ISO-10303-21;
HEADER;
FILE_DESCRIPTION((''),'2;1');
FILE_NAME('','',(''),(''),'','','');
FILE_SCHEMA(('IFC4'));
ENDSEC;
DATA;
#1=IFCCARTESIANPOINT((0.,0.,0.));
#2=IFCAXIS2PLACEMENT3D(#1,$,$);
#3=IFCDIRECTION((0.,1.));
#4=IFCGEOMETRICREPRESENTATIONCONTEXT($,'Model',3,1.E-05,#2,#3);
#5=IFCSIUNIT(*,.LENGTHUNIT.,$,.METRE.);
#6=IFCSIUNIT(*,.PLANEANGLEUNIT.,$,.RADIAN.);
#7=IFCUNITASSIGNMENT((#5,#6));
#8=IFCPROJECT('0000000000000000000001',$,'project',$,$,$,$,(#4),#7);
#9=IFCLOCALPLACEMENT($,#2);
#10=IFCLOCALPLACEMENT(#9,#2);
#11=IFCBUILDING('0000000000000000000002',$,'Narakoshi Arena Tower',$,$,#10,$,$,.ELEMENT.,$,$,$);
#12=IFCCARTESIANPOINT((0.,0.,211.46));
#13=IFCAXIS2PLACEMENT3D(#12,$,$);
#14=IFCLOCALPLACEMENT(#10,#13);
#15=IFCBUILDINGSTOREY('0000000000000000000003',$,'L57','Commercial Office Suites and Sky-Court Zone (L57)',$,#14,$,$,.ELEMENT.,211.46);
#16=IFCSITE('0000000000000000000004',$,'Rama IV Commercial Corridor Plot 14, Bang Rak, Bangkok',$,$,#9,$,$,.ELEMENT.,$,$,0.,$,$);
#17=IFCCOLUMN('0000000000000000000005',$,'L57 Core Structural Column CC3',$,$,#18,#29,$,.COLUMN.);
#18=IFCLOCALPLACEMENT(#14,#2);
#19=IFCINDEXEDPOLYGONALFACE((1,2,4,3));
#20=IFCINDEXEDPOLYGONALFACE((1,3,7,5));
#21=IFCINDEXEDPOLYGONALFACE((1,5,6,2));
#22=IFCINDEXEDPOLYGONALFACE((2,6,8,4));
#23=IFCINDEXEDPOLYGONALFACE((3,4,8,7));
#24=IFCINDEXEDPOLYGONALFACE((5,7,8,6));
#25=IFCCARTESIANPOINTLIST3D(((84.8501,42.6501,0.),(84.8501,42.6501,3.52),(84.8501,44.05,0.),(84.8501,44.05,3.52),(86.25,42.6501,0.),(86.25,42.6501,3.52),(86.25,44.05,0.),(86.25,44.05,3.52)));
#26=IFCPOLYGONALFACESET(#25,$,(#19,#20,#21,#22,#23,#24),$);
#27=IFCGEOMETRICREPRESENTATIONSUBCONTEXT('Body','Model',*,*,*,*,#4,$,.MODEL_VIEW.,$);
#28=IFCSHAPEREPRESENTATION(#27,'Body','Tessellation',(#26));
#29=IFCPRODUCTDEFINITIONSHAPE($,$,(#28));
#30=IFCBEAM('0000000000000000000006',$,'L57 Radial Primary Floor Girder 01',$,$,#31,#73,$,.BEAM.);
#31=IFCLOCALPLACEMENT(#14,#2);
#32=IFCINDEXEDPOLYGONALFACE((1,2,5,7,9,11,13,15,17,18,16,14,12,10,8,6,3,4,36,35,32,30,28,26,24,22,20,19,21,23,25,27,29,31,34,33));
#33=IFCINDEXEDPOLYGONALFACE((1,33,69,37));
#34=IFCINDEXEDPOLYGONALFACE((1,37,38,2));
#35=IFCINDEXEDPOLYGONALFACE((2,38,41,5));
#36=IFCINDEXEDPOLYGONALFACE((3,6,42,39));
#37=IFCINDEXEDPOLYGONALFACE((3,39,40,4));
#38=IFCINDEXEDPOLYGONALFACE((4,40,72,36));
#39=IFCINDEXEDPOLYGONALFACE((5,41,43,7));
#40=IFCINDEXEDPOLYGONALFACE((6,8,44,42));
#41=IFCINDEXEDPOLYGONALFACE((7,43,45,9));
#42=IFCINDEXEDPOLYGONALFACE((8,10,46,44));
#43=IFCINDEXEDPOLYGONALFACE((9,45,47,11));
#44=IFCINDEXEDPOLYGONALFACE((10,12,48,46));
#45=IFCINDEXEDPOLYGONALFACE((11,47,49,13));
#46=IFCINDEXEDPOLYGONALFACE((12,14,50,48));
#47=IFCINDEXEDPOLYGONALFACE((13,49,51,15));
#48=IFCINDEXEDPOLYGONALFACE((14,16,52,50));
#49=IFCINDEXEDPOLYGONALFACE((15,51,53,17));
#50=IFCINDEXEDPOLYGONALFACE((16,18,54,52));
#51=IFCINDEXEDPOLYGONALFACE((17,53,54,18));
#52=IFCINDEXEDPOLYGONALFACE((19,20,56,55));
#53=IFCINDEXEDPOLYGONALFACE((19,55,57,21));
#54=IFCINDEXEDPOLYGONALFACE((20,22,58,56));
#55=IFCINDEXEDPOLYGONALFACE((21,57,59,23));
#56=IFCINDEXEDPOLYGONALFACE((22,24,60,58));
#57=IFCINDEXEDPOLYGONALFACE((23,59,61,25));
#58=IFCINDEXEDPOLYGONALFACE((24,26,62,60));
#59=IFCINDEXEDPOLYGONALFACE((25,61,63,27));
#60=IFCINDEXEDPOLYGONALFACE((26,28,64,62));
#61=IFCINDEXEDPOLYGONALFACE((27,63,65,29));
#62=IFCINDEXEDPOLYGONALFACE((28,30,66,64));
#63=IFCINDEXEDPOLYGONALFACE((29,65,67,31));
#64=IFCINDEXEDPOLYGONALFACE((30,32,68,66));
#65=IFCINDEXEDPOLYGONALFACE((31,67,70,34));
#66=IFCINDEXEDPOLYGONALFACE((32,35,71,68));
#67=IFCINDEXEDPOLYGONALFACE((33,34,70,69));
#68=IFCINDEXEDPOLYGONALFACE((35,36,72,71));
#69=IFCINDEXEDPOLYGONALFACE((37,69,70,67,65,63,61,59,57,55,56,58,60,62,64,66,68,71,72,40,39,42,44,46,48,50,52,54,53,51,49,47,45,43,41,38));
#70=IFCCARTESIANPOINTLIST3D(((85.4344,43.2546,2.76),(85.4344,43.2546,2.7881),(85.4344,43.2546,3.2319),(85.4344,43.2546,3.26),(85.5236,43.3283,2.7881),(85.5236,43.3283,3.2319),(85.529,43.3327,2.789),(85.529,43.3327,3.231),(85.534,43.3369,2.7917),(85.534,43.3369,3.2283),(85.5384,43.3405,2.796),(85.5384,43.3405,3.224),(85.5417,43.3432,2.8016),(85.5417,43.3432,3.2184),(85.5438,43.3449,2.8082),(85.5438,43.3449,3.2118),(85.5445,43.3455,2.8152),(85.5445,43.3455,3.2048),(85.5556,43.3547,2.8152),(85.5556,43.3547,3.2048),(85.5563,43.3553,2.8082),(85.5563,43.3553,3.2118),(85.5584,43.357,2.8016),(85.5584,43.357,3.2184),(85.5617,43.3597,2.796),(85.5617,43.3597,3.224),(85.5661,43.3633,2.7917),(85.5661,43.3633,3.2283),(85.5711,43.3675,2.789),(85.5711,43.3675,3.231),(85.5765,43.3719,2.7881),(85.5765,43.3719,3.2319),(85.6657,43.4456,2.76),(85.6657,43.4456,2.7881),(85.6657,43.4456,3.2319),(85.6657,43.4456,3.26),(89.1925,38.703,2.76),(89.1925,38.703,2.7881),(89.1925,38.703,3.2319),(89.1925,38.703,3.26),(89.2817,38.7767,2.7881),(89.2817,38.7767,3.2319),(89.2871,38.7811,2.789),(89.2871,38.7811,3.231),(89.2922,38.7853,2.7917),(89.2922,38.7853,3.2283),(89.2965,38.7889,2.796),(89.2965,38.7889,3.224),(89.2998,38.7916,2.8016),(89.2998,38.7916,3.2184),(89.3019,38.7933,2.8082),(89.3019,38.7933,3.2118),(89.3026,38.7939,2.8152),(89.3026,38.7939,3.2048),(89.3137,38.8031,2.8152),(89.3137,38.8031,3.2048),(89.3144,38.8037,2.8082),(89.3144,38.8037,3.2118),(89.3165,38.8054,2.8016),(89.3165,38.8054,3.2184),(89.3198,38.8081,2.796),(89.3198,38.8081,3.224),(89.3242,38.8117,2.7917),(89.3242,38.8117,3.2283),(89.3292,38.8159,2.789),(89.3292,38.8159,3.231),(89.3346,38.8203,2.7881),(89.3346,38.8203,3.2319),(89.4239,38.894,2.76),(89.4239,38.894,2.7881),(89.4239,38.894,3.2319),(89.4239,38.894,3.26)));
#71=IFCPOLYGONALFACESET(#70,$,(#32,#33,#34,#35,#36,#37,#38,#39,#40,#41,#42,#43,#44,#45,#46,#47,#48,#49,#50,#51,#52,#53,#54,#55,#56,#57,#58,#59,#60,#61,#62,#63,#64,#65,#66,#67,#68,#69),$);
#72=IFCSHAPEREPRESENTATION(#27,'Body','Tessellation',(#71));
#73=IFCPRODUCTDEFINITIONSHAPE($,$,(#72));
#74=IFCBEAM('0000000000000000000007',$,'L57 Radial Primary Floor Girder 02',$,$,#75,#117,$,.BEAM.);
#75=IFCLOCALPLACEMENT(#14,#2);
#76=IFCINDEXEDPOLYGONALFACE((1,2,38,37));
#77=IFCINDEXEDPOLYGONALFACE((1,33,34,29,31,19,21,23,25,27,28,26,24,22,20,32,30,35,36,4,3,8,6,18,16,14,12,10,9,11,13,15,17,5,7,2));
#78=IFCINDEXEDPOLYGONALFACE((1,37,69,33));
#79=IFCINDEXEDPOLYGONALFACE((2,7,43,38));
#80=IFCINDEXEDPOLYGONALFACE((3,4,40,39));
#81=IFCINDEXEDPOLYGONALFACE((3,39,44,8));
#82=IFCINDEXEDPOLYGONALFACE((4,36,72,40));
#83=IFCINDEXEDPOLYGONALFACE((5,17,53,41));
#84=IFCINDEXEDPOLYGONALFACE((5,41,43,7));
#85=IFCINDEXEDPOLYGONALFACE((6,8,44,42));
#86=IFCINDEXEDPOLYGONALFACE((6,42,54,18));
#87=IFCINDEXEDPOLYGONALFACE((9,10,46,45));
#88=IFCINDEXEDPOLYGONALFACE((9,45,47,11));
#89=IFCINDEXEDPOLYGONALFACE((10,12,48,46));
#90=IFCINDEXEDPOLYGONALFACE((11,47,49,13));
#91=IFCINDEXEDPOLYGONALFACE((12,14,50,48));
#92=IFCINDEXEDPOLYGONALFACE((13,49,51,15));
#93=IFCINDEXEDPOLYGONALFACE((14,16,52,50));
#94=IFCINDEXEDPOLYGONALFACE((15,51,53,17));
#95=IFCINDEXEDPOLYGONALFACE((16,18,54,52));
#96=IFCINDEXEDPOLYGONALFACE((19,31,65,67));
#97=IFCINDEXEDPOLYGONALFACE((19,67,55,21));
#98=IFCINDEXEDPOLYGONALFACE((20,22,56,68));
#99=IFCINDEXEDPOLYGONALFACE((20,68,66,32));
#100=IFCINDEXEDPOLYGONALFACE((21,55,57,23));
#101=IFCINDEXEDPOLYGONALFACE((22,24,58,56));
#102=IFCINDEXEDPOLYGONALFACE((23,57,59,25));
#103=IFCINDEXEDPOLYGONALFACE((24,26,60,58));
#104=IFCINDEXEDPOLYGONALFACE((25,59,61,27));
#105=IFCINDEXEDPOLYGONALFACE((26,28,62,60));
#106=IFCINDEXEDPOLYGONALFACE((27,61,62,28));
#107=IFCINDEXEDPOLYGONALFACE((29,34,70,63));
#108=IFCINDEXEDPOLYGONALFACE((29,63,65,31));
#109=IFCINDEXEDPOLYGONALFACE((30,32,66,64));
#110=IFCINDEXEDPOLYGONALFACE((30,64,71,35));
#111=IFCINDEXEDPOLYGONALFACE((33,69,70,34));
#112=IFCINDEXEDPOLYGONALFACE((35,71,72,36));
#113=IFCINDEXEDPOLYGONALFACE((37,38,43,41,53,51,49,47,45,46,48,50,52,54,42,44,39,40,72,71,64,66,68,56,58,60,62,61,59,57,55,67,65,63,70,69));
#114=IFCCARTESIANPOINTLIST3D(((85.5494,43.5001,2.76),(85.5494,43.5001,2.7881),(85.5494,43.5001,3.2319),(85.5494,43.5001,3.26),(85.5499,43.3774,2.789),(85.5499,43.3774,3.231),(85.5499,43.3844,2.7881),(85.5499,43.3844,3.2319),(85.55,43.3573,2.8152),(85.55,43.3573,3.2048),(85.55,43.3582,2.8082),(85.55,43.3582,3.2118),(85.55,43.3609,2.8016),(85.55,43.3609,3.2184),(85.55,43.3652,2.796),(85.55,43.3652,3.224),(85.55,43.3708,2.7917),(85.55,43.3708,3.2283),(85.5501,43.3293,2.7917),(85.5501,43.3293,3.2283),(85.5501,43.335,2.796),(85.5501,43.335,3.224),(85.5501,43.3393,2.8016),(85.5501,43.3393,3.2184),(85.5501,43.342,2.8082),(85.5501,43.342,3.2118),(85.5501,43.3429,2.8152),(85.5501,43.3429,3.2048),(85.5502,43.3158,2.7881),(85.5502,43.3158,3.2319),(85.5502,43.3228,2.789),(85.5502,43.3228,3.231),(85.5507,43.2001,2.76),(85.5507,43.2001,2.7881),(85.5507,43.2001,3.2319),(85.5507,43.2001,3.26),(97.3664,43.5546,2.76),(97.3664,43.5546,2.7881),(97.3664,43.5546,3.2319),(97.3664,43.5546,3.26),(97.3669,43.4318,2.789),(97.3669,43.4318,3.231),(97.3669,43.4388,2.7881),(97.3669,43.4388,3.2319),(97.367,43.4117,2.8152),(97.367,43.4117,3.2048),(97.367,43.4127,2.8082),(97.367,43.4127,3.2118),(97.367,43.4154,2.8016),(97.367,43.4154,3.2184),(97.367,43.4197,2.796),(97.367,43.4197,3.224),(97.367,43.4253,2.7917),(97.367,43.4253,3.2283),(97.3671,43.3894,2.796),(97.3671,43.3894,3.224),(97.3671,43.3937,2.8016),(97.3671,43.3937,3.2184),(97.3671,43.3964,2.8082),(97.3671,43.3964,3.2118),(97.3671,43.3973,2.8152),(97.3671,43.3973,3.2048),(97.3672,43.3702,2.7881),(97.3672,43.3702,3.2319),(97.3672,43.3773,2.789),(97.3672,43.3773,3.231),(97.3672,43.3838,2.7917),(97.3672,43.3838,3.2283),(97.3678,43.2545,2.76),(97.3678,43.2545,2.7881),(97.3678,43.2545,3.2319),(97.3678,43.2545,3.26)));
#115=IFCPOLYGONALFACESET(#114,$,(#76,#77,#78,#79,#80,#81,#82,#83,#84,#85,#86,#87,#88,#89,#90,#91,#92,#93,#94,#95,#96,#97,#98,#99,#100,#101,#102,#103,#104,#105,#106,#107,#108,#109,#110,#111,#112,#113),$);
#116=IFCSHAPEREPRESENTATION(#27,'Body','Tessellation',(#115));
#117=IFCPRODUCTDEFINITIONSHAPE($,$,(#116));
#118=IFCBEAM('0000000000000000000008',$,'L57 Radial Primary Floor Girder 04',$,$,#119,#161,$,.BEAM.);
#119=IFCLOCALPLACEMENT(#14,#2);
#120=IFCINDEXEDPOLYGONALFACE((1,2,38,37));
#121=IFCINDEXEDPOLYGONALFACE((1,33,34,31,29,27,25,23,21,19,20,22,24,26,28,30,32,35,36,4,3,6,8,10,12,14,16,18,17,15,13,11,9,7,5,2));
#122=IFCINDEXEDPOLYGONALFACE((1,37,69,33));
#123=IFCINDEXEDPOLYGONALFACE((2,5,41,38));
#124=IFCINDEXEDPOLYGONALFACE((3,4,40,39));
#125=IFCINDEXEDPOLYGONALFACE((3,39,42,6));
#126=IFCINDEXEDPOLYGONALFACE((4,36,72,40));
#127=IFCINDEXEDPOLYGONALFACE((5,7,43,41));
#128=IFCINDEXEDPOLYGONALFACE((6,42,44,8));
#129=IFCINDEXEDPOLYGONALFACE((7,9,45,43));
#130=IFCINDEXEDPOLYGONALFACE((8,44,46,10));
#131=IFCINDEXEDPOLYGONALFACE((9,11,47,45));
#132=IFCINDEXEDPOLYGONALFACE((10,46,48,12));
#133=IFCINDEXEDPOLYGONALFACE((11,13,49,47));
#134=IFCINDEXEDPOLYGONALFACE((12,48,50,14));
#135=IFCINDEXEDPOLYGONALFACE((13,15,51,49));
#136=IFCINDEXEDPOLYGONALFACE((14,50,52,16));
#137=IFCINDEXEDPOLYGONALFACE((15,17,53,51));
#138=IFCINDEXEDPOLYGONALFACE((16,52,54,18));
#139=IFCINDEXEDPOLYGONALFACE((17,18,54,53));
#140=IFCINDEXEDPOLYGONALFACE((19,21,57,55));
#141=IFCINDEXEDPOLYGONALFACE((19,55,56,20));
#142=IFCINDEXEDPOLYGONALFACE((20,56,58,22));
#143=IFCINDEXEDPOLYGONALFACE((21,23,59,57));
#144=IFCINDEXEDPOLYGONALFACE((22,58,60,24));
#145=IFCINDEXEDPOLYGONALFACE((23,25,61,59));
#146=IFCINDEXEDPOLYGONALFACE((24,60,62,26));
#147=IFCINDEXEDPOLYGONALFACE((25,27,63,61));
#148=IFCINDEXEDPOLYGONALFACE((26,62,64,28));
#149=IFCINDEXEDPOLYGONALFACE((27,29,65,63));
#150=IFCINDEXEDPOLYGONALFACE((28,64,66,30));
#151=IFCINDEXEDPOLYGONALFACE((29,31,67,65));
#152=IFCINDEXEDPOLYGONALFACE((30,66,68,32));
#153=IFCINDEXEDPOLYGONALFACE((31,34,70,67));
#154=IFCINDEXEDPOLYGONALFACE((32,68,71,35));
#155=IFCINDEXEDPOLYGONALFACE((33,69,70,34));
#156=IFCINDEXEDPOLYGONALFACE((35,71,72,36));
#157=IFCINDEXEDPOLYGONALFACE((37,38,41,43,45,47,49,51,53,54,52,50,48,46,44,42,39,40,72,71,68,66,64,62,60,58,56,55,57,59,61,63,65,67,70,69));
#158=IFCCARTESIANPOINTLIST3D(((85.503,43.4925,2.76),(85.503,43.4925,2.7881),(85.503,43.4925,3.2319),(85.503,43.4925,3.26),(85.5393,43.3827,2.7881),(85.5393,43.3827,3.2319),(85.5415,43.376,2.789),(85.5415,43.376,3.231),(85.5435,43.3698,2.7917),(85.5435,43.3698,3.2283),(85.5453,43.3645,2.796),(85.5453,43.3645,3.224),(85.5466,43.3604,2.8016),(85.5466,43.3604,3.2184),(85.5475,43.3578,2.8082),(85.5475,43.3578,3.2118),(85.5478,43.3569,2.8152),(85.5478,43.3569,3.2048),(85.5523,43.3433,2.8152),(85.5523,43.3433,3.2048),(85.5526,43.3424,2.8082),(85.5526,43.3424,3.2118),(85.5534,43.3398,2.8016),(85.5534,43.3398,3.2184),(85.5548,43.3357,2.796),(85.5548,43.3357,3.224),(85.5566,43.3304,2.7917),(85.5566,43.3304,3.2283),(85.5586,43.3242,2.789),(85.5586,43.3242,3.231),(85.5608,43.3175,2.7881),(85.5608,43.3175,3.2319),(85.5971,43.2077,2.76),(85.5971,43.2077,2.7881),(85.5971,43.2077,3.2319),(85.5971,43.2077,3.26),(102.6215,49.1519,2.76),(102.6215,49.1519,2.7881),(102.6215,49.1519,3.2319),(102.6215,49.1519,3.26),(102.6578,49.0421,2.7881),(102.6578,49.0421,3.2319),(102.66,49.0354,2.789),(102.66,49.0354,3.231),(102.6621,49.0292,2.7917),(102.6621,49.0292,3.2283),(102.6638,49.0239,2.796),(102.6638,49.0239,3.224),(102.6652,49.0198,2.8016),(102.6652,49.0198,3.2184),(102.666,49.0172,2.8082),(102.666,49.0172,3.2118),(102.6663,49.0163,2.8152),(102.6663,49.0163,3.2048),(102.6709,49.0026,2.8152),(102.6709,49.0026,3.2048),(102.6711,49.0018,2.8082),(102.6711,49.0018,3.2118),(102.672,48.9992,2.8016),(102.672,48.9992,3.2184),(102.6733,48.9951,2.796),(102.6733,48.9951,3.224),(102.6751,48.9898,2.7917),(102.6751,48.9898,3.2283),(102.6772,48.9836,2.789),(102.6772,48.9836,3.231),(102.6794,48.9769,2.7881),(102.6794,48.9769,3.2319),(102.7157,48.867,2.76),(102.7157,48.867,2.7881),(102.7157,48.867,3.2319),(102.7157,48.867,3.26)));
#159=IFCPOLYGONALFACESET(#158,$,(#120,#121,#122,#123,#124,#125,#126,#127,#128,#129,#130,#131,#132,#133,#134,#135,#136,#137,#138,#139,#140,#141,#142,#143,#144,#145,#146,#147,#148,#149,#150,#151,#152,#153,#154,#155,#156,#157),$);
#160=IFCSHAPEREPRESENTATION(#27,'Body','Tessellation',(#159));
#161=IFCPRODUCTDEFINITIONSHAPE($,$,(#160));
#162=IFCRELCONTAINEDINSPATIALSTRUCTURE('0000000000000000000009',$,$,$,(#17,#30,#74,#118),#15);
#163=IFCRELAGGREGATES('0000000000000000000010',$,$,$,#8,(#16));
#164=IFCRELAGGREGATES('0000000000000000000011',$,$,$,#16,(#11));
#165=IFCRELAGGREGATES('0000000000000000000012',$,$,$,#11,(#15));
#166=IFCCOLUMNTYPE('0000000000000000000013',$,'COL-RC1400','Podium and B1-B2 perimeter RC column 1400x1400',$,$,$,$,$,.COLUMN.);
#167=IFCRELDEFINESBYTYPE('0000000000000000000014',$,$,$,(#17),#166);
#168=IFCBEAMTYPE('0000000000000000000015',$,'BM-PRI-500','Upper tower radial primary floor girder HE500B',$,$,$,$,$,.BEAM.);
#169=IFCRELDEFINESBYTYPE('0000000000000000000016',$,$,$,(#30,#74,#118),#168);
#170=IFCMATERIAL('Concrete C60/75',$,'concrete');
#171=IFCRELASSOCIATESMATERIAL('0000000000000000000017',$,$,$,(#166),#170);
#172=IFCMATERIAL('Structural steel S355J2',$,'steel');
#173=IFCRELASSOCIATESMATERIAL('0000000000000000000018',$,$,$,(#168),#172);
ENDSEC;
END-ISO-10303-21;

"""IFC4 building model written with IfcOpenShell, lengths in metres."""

from ifc_helpers import new_model, si_unit, direction, frame, origin, origin_2d, place, context, subcontext, project, spatial, rectangle, i_section, extrude, material, material_profile, profile_set, type_object, element, save


model = new_model("IFC4")

# Units and contexts
model_context = context("Model", 3, precision=1e-05, world=origin(), true_north=direction((0.0, 1.0)))
body_context = subcontext(model_context, "Body", "Model", "MODEL_VIEW")
ifc_project = project(units=[si_unit("LENGTHUNIT", "METRE"), si_unit("PLANEANGLEUNIT", "RADIAN")], contexts=[model_context])

# Site, building, storey
site_placement = place(None, origin())
site = spatial("IfcSite", under=ifc_project, at=site_placement, Name="Rama IV Commercial Corridor Plot 14, Bang Rak, Bangkok", CompositionType="ELEMENT", RefElevation=0.0)
building_placement = place(site_placement, origin())
building = spatial("IfcBuilding", under=site, at=building_placement, Name="Narakoshi Arena Tower", CompositionType="ELEMENT")
storey_placement = place(building_placement, frame((0.0, 0.0, 211.46)))
storey = spatial("IfcBuildingStorey", under=building, at=storey_placement, Name="L57", Description="Commercial Office Suites and Sky-Court Zone (L57)", CompositionType="ELEMENT", Elevation=211.46)

# Column
ifc_material_1 = material(Name="Concrete C60/75", Category="concrete")
ifc_material_profile_1 = material_profile(ifc_material_1, rectangle(XDim=1.3999, YDim=1.3999, at=origin_2d()), Name="RC1400x1400")
ifc_profile_set_1 = profile_set([ifc_material_profile_1], Name="Concrete C60/75")
column_type = type_object("IfcColumnType", Name="COL-RC1400", Description="Podium and B1-B2 perimeter RC column 1400x1400", PredefinedType="COLUMN", material=ifc_profile_set_1)
column_placement = place(storey_placement, frame((85.55, 43.3501, 0.0), z_axis=(0.0, 0.0, 1.0), x_axis=(1.0, 0.0, 0.0)))
element("IfcColumn", 1, at=column_placement, inside=storey, type_object=column_type, Name="L57 Core Structural Column CC3", PredefinedType="COLUMN", context=body_context, shape_type="SweptSolid", body=[
    extrude(rectangle(XDim=1.3999, YDim=1.3999, at=origin_2d()), origin(), (0.0, 0.0, 1.0), 3.52),
])

# Beams
ifc_material_2 = material(Name="Structural steel S355J2", Category="steel")
ifc_material_profile_2 = material_profile(ifc_material_2, i_section(OverallWidth=0.3, OverallDepth=0.5, WebThickness=0.0144, FlangeThickness=0.0281, FilletRadius=0.0271, at=origin_2d()), Name="HE500B")
ifc_profile_set_2 = profile_set([ifc_material_profile_2], Name="Structural steel S355J2")
beam_type_1 = type_object("IfcBeamType", Name="BM-PRI-500", Description="Upper tower radial primary floor girder HE500B", PredefinedType="BEAM", material=ifc_profile_set_2)
beam_1_placement = place(storey_placement, frame((85.55, 43.3501, 3.01), z_axis=(0.636691, -0.771119, 0.0), x_axis=(0.771119, 0.636691, 0.0)))
element("IfcBeam", 2, at=beam_1_placement, inside=storey, type_object=beam_type_1, Name="L57 Radial Primary Floor Girder 01", PredefinedType="BEAM", context=body_context, shape_type="SweptSolid", body=[
    extrude(i_section(OverallWidth=0.3, OverallDepth=0.5, WebThickness=0.0144, FlangeThickness=0.0281, FilletRadius=0.0271, at=origin_2d()), origin(), (0.0, 0.0, 1.0), 5.9026),
])
beam_2_placement = place(storey_placement, frame((85.55, 43.3501, 3.01), z_axis=(0.999989, 0.004607, 0.0), x_axis=(-0.004607, 0.999989, 0.0)))
element("IfcBeam", 3, at=beam_2_placement, inside=storey, type_object=beam_type_1, Name="L57 Radial Primary Floor Girder 02", PredefinedType="BEAM", context=body_context, shape_type="SweptSolid", body=[
    extrude(i_section(OverallWidth=0.3, OverallDepth=0.5, WebThickness=0.0144, FlangeThickness=0.0281, FilletRadius=0.0271, at=origin_2d()), origin(), (0.0, 0.0, 1.0), 11.8171),
])
beam_3_placement = place(storey_placement, frame((85.55, 43.3501, 3.01), z_axis=(0.949459, 0.313891, 0.0), x_axis=(-0.313891, 0.949459, 0.0)))
element("IfcBeam", 4, at=beam_3_placement, inside=storey, type_object=beam_type_1, Name="L57 Radial Primary Floor Girder 04", PredefinedType="BEAM", context=body_context, shape_type="SweptSolid", body=[
    extrude(i_section(OverallWidth=0.3, OverallDepth=0.5, WebThickness=0.0144, FlangeThickness=0.0281, FilletRadius=0.0271, at=origin_2d()), origin(), (0.0, 0.0, 1.0), 18.0298),
])

save(model, "model.ifc")
